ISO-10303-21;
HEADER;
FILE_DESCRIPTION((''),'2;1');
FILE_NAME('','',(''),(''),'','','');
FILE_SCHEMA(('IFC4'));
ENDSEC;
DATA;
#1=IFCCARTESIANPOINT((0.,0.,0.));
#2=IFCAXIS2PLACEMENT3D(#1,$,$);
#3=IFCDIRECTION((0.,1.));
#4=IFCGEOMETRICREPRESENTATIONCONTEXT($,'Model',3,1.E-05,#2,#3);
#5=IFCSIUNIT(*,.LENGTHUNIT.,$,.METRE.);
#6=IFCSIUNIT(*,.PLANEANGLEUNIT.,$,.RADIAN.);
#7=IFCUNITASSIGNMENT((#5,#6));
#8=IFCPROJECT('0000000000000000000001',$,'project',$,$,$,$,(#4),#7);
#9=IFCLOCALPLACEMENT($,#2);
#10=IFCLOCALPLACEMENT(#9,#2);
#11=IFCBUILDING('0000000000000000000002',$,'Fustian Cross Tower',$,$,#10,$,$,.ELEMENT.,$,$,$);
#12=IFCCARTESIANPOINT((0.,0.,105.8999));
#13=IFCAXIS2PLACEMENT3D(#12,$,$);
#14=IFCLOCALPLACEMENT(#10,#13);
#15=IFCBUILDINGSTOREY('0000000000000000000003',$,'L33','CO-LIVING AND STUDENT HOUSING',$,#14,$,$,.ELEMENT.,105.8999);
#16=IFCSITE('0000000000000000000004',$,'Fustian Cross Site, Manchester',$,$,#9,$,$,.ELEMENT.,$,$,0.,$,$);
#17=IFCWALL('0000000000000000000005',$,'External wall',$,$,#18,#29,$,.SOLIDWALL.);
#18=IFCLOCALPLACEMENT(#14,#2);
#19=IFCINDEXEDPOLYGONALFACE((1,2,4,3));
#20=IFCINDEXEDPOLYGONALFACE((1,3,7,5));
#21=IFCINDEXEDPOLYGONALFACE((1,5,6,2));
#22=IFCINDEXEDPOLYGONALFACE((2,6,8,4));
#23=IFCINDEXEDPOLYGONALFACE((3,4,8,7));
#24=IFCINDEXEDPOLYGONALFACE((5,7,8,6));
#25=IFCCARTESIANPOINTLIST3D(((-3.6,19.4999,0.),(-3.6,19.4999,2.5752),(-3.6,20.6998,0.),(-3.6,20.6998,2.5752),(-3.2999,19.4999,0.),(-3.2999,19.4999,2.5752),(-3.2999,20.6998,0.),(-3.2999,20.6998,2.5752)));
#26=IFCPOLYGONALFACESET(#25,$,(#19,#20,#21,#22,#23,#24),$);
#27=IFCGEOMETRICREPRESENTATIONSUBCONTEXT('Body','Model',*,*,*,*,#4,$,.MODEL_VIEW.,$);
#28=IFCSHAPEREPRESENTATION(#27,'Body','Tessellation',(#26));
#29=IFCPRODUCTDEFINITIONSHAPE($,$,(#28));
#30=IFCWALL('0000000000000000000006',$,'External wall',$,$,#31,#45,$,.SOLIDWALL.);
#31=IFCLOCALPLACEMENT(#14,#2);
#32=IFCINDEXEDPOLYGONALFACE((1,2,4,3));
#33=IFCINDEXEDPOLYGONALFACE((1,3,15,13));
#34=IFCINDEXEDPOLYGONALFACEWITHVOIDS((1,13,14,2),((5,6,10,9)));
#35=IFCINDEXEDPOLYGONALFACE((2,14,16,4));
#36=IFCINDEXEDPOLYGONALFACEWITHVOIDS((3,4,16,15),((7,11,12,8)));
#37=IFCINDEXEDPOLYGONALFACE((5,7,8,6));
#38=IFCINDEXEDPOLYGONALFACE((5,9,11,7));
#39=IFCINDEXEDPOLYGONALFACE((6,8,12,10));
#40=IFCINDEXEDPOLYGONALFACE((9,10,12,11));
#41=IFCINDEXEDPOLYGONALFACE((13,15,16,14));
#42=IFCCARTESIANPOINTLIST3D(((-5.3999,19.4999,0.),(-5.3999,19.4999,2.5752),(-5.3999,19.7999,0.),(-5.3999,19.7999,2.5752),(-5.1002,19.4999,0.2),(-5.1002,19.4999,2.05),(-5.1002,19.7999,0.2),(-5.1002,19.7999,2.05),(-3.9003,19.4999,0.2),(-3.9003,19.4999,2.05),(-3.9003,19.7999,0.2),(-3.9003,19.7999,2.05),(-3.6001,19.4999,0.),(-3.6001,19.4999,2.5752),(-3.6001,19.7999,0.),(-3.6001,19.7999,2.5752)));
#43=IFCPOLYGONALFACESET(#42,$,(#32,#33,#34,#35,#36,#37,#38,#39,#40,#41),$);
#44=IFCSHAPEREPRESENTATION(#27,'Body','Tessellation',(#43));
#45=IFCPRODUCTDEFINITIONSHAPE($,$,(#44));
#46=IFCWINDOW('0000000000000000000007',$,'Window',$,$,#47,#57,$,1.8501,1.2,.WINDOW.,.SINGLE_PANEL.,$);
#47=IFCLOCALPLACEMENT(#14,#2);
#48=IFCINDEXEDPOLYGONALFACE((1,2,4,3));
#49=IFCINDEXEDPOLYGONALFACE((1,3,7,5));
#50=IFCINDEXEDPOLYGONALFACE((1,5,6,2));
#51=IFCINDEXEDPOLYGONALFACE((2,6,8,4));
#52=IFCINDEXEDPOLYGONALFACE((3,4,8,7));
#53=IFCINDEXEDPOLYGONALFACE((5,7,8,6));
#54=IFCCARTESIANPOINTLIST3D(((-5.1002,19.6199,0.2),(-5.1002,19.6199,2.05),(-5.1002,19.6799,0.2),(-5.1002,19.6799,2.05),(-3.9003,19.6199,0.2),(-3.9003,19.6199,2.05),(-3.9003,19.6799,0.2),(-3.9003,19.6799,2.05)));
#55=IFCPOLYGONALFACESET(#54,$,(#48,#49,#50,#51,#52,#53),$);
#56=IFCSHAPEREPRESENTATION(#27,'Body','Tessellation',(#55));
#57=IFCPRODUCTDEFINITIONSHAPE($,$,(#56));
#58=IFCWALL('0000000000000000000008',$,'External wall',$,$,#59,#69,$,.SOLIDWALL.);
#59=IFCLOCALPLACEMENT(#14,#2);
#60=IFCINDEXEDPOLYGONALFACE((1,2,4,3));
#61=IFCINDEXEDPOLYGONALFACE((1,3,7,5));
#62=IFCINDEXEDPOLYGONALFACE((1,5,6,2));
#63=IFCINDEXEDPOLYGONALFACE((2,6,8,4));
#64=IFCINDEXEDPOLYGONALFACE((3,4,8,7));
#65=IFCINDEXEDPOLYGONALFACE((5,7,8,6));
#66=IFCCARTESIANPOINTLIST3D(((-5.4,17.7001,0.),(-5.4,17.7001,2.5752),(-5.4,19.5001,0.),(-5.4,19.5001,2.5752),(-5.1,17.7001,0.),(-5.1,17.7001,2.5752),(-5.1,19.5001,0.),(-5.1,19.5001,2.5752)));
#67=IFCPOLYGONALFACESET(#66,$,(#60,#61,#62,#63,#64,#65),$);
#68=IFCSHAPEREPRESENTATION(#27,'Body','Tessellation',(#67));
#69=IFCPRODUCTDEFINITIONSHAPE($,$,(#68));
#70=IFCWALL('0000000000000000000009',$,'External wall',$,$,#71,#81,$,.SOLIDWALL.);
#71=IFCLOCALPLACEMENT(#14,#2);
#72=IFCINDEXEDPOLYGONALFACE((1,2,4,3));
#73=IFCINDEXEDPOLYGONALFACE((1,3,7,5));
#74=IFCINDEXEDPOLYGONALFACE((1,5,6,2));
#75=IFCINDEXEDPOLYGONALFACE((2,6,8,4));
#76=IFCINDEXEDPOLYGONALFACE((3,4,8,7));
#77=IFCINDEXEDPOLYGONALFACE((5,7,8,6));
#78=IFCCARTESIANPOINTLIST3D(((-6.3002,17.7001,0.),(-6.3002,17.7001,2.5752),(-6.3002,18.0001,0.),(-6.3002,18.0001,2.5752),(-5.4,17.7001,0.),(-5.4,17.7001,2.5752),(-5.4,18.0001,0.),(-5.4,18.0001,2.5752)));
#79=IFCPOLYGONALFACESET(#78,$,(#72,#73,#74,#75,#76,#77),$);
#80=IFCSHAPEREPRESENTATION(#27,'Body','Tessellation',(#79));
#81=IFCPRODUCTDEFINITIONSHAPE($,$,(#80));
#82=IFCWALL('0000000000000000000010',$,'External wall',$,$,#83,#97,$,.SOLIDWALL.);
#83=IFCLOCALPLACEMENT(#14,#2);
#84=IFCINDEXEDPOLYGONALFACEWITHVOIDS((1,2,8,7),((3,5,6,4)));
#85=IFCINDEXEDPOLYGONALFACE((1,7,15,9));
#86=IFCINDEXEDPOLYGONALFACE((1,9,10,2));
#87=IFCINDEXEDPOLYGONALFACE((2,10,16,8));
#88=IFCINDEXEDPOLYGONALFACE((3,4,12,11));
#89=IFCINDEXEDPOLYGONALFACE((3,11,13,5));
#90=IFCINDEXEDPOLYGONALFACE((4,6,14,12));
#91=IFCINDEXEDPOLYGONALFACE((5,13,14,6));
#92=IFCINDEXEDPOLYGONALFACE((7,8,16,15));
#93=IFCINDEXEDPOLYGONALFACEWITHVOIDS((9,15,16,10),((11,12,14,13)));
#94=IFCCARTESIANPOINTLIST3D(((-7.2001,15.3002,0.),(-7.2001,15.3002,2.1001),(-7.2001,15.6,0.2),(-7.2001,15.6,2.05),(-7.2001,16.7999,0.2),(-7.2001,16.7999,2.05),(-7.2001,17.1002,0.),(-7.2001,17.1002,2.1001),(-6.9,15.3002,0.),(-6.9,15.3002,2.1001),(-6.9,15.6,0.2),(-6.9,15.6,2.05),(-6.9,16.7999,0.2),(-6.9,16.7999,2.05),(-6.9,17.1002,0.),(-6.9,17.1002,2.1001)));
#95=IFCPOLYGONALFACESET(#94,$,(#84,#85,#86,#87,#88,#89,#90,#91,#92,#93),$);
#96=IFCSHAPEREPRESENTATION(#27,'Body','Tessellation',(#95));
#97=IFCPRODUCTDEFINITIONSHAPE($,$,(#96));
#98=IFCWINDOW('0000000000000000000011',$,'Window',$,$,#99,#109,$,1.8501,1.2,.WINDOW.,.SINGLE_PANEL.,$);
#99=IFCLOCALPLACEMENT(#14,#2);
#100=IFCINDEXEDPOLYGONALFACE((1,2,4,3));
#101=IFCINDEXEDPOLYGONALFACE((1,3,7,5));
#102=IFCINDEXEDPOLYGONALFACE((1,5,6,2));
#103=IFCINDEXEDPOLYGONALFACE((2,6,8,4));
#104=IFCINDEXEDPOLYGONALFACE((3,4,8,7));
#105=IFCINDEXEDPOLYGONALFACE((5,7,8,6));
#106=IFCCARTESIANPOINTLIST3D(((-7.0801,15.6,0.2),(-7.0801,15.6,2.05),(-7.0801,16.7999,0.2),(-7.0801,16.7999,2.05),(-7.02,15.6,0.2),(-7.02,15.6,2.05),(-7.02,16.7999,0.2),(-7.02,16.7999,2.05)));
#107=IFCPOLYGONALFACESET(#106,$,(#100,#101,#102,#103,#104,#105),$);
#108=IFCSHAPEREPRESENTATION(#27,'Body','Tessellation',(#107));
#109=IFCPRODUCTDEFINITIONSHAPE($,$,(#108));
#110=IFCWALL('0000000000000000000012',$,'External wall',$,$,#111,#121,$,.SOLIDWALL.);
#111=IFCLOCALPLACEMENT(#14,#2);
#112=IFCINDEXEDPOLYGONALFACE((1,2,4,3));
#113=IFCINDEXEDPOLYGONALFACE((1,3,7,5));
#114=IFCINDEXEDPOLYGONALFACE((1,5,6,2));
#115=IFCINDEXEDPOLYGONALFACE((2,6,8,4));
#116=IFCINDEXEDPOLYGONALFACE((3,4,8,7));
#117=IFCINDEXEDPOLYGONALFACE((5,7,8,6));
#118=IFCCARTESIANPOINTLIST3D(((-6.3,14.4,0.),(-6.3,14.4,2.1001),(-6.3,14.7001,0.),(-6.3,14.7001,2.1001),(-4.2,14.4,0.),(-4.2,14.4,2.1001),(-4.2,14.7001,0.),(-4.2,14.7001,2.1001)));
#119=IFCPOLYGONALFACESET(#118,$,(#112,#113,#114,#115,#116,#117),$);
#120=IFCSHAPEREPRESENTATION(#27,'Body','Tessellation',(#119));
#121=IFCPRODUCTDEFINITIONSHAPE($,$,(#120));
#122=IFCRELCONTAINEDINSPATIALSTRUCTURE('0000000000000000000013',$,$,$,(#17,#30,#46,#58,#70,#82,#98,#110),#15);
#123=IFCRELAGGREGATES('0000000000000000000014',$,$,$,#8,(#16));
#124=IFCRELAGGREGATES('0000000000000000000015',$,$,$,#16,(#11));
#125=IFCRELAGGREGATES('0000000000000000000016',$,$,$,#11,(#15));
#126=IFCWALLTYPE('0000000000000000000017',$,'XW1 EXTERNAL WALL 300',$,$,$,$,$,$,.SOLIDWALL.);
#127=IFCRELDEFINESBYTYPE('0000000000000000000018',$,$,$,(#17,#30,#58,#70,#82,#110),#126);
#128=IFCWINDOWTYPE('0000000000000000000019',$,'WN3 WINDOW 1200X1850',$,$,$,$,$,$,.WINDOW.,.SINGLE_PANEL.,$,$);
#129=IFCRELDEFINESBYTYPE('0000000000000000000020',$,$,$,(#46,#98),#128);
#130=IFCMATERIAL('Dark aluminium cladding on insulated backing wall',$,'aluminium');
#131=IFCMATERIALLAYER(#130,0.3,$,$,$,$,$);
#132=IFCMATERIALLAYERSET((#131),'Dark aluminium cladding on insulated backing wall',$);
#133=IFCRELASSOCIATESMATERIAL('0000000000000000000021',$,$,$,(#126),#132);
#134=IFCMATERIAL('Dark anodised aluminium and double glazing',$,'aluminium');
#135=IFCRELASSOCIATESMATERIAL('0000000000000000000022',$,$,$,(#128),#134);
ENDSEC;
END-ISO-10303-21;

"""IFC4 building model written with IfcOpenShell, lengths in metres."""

from ifc_helpers import new_model, si_unit, direction, frame, frame_2d, origin, place, context, subcontext, project, spatial, rectangle, extrude, material, layer, layer_set, type_object, element, fill, save


model = new_model("IFC4")

# Units and contexts
model_context = context("Model", 3, precision=1e-05, world=origin(), true_north=direction((0.0, 1.0)))
body_context = subcontext(model_context, "Body", "Model", "MODEL_VIEW")
ifc_project = project(units=[si_unit("LENGTHUNIT", "METRE"), si_unit("PLANEANGLEUNIT", "RADIAN")], contexts=[model_context])

# Site, building, storey
site_placement = place(None, origin())
site = spatial("IfcSite", under=ifc_project, at=site_placement, Name="Fustian Cross Site, Manchester", CompositionType="ELEMENT", RefElevation=0.0)
building_placement = place(site_placement, origin())
building = spatial("IfcBuilding", under=site, at=building_placement, Name="Fustian Cross Tower", CompositionType="ELEMENT")
storey_placement = place(building_placement, frame((0.0, 0.0, 105.8999)))
storey = spatial("IfcBuildingStorey", under=building, at=storey_placement, Name="L33", Description="CO-LIVING AND STUDENT HOUSING", CompositionType="ELEMENT", Elevation=105.8999)

# Wall
ifc_material_1 = material(Name="Dark aluminium cladding on insulated backing wall", Category="aluminium")
ifc_layer_1 = layer(ifc_material_1, 0.3)
ifc_layer_set_1 = layer_set([ifc_layer_1], Name="Dark aluminium cladding on insulated backing wall")
wall_type_1 = type_object("IfcWallType", Name="XW1 EXTERNAL WALL 300", PredefinedType="SOLIDWALL", material=ifc_layer_set_1)
wall_1_placement = place(storey_placement, frame((-3.45, 20.7, 0.0), z_axis=(0.0, 0.0, 1.0), x_axis=(0.0, -1.0, 0.0)))
element("IfcWall", 1, at=wall_1_placement, inside=storey, type_object=wall_type_1, Name="External wall", PredefinedType="SOLIDWALL", context=body_context, shape_type="SweptSolid", body=[
    extrude(rectangle(XDim=1.2, YDim=0.3, at=frame_2d((0.6001, 0.0))), origin(), (0.0, 0.0, 1.0), 2.5752),
])

# Wall, opening, window
wall_2_placement = place(storey_placement, frame((-3.6001, 19.6499, 0.0), z_axis=(0.0, 0.0, 1.0), x_axis=(-1.0, 0.0, 0.0)))
wall_2 = element("IfcWall", 2, at=wall_2_placement, inside=storey, type_object=wall_type_1, Name="External wall", PredefinedType="SOLIDWALL", context=body_context, shape_type="SweptSolid", body=[
    extrude(rectangle(XDim=1.7998, YDim=0.3, at=frame_2d((0.8999, 0.0))), origin(), (0.0, 0.0, 1.0), 2.5752),
])
opening_1_placement = place(wall_2_placement, frame((0.3, 0.0, 0.2)))
opening_1 = element("IfcOpeningElement", 3, at=opening_1_placement, cuts=wall_2, PredefinedType="OPENING", context=body_context, shape_type="SweptSolid", body=[
    extrude(rectangle(XDim=1.2, YDim=1.8501, at=frame_2d((0.6001, 0.925))), frame((0.0, 0.1599, 0.0), z_axis=(0.0, -1.0, 0.0), x_axis=(1.0, 0.0, 0.0)), (0.0, 0.0, 1.0), 0.3201),
])
ifc_material_2 = material(Name="Dark anodised aluminium and double glazing", Category="aluminium")
window_type_1 = type_object("IfcWindowType", Name="WN3 WINDOW 1200X1850", PartitioningType="SINGLE_PANEL", PredefinedType="WINDOW", material=ifc_material_2)
window_1_placement = place(opening_1_placement, origin())
window_1 = element("IfcWindow", 4, at=window_1_placement, inside=storey, type_object=window_type_1, Name="Window", OverallHeight=1.8501, OverallWidth=1.2, PartitioningType="SINGLE_PANEL", PredefinedType="WINDOW", context=body_context, shape_type="SweptSolid", body=[
    extrude(rectangle(XDim=1.2, YDim=1.8501, at=frame_2d((0.6001, 0.925))), frame((0.0, 0.03, 0.0), z_axis=(0.0, -1.0, 0.0), x_axis=(1.0, 0.0, 0.0)), (0.0, 0.0, 1.0), 0.0601),
])
fill(opening_1, window_1)

# Walls
wall_3_placement = place(storey_placement, frame((-5.25, 19.5, 0.0), z_axis=(0.0, 0.0, 1.0), x_axis=(0.0, -1.0, 0.0)))
element("IfcWall", 5, at=wall_3_placement, inside=storey, type_object=wall_type_1, Name="External wall", PredefinedType="SOLIDWALL", context=body_context, shape_type="SweptSolid", body=[
    extrude(rectangle(XDim=1.8, YDim=0.3, at=frame_2d((0.8999, 0.0))), origin(), (0.0, 0.0, 1.0), 2.5752),
])
wall_4_placement = place(storey_placement, frame((-5.3999, 17.8501, 0.0), z_axis=(0.0, 0.0, 1.0), x_axis=(-1.0, 0.0, 0.0)))
element("IfcWall", 6, at=wall_4_placement, inside=storey, type_object=wall_type_1, Name="External wall", PredefinedType="SOLIDWALL", context=body_context, shape_type="SweptSolid", body=[
    extrude(rectangle(XDim=0.9001, YDim=0.3, at=frame_2d((0.4502, 0.0))), origin(), (0.0, 0.0, 1.0), 2.5752),
])

# Wall, opening, window
wall_5_placement = place(storey_placement, frame((-7.05, 17.1001, 0.0), z_axis=(0.0, 0.0, 1.0), x_axis=(0.0, -1.0, 0.0)))
wall_5 = element("IfcWall", 7, at=wall_5_placement, inside=storey, type_object=wall_type_1, Name="External wall", PredefinedType="SOLIDWALL", context=body_context, shape_type="SweptSolid", body=[
    extrude(rectangle(XDim=1.8, YDim=0.3, at=frame_2d((0.8999, 0.0))), origin(), (0.0, 0.0, 1.0), 2.1001),
])
opening_2_placement = place(wall_5_placement, frame((0.3, 0.0, 0.2)))
opening_2 = element("IfcOpeningElement", 8, at=opening_2_placement, cuts=wall_5, PredefinedType="OPENING", context=body_context, shape_type="SweptSolid", body=[
    extrude(rectangle(XDim=1.2, YDim=1.8501, at=frame_2d((0.6001, 0.925))), frame((0.0, 0.1599, 0.0), z_axis=(0.0, -1.0, 0.0), x_axis=(1.0, 0.0, 0.0)), (0.0, 0.0, 1.0), 0.3201),
])
window_2_placement = place(opening_2_placement, origin())
window_2 = element("IfcWindow", 9, at=window_2_placement, inside=storey, type_object=window_type_1, Name="Window", OverallHeight=1.8501, OverallWidth=1.2, PartitioningType="SINGLE_PANEL", PredefinedType="WINDOW", context=body_context, shape_type="SweptSolid", body=[
    extrude(rectangle(XDim=1.2, YDim=1.8501, at=frame_2d((0.6001, 0.925))), frame((0.0, 0.03, 0.0), z_axis=(0.0, -1.0, 0.0), x_axis=(1.0, 0.0, 0.0)), (0.0, 0.0, 1.0), 0.0601),
])
fill(opening_2, window_2)

# Wall
wall_6_placement = place(storey_placement, frame((-6.3, 14.55, 0.0), z_axis=(0.0, 0.0, 1.0), x_axis=(1.0, 0.0, 0.0)))
element("IfcWall", 10, at=wall_6_placement, inside=storey, type_object=wall_type_1, Name="External wall", PredefinedType="SOLIDWALL", context=body_context, shape_type="SweptSolid", body=[
    extrude(rectangle(XDim=2.1001, YDim=0.3, at=frame_2d((1.05, 0.0))), origin(), (0.0, 0.0, 1.0), 2.1001),
])

save(model, "model.ifc")
